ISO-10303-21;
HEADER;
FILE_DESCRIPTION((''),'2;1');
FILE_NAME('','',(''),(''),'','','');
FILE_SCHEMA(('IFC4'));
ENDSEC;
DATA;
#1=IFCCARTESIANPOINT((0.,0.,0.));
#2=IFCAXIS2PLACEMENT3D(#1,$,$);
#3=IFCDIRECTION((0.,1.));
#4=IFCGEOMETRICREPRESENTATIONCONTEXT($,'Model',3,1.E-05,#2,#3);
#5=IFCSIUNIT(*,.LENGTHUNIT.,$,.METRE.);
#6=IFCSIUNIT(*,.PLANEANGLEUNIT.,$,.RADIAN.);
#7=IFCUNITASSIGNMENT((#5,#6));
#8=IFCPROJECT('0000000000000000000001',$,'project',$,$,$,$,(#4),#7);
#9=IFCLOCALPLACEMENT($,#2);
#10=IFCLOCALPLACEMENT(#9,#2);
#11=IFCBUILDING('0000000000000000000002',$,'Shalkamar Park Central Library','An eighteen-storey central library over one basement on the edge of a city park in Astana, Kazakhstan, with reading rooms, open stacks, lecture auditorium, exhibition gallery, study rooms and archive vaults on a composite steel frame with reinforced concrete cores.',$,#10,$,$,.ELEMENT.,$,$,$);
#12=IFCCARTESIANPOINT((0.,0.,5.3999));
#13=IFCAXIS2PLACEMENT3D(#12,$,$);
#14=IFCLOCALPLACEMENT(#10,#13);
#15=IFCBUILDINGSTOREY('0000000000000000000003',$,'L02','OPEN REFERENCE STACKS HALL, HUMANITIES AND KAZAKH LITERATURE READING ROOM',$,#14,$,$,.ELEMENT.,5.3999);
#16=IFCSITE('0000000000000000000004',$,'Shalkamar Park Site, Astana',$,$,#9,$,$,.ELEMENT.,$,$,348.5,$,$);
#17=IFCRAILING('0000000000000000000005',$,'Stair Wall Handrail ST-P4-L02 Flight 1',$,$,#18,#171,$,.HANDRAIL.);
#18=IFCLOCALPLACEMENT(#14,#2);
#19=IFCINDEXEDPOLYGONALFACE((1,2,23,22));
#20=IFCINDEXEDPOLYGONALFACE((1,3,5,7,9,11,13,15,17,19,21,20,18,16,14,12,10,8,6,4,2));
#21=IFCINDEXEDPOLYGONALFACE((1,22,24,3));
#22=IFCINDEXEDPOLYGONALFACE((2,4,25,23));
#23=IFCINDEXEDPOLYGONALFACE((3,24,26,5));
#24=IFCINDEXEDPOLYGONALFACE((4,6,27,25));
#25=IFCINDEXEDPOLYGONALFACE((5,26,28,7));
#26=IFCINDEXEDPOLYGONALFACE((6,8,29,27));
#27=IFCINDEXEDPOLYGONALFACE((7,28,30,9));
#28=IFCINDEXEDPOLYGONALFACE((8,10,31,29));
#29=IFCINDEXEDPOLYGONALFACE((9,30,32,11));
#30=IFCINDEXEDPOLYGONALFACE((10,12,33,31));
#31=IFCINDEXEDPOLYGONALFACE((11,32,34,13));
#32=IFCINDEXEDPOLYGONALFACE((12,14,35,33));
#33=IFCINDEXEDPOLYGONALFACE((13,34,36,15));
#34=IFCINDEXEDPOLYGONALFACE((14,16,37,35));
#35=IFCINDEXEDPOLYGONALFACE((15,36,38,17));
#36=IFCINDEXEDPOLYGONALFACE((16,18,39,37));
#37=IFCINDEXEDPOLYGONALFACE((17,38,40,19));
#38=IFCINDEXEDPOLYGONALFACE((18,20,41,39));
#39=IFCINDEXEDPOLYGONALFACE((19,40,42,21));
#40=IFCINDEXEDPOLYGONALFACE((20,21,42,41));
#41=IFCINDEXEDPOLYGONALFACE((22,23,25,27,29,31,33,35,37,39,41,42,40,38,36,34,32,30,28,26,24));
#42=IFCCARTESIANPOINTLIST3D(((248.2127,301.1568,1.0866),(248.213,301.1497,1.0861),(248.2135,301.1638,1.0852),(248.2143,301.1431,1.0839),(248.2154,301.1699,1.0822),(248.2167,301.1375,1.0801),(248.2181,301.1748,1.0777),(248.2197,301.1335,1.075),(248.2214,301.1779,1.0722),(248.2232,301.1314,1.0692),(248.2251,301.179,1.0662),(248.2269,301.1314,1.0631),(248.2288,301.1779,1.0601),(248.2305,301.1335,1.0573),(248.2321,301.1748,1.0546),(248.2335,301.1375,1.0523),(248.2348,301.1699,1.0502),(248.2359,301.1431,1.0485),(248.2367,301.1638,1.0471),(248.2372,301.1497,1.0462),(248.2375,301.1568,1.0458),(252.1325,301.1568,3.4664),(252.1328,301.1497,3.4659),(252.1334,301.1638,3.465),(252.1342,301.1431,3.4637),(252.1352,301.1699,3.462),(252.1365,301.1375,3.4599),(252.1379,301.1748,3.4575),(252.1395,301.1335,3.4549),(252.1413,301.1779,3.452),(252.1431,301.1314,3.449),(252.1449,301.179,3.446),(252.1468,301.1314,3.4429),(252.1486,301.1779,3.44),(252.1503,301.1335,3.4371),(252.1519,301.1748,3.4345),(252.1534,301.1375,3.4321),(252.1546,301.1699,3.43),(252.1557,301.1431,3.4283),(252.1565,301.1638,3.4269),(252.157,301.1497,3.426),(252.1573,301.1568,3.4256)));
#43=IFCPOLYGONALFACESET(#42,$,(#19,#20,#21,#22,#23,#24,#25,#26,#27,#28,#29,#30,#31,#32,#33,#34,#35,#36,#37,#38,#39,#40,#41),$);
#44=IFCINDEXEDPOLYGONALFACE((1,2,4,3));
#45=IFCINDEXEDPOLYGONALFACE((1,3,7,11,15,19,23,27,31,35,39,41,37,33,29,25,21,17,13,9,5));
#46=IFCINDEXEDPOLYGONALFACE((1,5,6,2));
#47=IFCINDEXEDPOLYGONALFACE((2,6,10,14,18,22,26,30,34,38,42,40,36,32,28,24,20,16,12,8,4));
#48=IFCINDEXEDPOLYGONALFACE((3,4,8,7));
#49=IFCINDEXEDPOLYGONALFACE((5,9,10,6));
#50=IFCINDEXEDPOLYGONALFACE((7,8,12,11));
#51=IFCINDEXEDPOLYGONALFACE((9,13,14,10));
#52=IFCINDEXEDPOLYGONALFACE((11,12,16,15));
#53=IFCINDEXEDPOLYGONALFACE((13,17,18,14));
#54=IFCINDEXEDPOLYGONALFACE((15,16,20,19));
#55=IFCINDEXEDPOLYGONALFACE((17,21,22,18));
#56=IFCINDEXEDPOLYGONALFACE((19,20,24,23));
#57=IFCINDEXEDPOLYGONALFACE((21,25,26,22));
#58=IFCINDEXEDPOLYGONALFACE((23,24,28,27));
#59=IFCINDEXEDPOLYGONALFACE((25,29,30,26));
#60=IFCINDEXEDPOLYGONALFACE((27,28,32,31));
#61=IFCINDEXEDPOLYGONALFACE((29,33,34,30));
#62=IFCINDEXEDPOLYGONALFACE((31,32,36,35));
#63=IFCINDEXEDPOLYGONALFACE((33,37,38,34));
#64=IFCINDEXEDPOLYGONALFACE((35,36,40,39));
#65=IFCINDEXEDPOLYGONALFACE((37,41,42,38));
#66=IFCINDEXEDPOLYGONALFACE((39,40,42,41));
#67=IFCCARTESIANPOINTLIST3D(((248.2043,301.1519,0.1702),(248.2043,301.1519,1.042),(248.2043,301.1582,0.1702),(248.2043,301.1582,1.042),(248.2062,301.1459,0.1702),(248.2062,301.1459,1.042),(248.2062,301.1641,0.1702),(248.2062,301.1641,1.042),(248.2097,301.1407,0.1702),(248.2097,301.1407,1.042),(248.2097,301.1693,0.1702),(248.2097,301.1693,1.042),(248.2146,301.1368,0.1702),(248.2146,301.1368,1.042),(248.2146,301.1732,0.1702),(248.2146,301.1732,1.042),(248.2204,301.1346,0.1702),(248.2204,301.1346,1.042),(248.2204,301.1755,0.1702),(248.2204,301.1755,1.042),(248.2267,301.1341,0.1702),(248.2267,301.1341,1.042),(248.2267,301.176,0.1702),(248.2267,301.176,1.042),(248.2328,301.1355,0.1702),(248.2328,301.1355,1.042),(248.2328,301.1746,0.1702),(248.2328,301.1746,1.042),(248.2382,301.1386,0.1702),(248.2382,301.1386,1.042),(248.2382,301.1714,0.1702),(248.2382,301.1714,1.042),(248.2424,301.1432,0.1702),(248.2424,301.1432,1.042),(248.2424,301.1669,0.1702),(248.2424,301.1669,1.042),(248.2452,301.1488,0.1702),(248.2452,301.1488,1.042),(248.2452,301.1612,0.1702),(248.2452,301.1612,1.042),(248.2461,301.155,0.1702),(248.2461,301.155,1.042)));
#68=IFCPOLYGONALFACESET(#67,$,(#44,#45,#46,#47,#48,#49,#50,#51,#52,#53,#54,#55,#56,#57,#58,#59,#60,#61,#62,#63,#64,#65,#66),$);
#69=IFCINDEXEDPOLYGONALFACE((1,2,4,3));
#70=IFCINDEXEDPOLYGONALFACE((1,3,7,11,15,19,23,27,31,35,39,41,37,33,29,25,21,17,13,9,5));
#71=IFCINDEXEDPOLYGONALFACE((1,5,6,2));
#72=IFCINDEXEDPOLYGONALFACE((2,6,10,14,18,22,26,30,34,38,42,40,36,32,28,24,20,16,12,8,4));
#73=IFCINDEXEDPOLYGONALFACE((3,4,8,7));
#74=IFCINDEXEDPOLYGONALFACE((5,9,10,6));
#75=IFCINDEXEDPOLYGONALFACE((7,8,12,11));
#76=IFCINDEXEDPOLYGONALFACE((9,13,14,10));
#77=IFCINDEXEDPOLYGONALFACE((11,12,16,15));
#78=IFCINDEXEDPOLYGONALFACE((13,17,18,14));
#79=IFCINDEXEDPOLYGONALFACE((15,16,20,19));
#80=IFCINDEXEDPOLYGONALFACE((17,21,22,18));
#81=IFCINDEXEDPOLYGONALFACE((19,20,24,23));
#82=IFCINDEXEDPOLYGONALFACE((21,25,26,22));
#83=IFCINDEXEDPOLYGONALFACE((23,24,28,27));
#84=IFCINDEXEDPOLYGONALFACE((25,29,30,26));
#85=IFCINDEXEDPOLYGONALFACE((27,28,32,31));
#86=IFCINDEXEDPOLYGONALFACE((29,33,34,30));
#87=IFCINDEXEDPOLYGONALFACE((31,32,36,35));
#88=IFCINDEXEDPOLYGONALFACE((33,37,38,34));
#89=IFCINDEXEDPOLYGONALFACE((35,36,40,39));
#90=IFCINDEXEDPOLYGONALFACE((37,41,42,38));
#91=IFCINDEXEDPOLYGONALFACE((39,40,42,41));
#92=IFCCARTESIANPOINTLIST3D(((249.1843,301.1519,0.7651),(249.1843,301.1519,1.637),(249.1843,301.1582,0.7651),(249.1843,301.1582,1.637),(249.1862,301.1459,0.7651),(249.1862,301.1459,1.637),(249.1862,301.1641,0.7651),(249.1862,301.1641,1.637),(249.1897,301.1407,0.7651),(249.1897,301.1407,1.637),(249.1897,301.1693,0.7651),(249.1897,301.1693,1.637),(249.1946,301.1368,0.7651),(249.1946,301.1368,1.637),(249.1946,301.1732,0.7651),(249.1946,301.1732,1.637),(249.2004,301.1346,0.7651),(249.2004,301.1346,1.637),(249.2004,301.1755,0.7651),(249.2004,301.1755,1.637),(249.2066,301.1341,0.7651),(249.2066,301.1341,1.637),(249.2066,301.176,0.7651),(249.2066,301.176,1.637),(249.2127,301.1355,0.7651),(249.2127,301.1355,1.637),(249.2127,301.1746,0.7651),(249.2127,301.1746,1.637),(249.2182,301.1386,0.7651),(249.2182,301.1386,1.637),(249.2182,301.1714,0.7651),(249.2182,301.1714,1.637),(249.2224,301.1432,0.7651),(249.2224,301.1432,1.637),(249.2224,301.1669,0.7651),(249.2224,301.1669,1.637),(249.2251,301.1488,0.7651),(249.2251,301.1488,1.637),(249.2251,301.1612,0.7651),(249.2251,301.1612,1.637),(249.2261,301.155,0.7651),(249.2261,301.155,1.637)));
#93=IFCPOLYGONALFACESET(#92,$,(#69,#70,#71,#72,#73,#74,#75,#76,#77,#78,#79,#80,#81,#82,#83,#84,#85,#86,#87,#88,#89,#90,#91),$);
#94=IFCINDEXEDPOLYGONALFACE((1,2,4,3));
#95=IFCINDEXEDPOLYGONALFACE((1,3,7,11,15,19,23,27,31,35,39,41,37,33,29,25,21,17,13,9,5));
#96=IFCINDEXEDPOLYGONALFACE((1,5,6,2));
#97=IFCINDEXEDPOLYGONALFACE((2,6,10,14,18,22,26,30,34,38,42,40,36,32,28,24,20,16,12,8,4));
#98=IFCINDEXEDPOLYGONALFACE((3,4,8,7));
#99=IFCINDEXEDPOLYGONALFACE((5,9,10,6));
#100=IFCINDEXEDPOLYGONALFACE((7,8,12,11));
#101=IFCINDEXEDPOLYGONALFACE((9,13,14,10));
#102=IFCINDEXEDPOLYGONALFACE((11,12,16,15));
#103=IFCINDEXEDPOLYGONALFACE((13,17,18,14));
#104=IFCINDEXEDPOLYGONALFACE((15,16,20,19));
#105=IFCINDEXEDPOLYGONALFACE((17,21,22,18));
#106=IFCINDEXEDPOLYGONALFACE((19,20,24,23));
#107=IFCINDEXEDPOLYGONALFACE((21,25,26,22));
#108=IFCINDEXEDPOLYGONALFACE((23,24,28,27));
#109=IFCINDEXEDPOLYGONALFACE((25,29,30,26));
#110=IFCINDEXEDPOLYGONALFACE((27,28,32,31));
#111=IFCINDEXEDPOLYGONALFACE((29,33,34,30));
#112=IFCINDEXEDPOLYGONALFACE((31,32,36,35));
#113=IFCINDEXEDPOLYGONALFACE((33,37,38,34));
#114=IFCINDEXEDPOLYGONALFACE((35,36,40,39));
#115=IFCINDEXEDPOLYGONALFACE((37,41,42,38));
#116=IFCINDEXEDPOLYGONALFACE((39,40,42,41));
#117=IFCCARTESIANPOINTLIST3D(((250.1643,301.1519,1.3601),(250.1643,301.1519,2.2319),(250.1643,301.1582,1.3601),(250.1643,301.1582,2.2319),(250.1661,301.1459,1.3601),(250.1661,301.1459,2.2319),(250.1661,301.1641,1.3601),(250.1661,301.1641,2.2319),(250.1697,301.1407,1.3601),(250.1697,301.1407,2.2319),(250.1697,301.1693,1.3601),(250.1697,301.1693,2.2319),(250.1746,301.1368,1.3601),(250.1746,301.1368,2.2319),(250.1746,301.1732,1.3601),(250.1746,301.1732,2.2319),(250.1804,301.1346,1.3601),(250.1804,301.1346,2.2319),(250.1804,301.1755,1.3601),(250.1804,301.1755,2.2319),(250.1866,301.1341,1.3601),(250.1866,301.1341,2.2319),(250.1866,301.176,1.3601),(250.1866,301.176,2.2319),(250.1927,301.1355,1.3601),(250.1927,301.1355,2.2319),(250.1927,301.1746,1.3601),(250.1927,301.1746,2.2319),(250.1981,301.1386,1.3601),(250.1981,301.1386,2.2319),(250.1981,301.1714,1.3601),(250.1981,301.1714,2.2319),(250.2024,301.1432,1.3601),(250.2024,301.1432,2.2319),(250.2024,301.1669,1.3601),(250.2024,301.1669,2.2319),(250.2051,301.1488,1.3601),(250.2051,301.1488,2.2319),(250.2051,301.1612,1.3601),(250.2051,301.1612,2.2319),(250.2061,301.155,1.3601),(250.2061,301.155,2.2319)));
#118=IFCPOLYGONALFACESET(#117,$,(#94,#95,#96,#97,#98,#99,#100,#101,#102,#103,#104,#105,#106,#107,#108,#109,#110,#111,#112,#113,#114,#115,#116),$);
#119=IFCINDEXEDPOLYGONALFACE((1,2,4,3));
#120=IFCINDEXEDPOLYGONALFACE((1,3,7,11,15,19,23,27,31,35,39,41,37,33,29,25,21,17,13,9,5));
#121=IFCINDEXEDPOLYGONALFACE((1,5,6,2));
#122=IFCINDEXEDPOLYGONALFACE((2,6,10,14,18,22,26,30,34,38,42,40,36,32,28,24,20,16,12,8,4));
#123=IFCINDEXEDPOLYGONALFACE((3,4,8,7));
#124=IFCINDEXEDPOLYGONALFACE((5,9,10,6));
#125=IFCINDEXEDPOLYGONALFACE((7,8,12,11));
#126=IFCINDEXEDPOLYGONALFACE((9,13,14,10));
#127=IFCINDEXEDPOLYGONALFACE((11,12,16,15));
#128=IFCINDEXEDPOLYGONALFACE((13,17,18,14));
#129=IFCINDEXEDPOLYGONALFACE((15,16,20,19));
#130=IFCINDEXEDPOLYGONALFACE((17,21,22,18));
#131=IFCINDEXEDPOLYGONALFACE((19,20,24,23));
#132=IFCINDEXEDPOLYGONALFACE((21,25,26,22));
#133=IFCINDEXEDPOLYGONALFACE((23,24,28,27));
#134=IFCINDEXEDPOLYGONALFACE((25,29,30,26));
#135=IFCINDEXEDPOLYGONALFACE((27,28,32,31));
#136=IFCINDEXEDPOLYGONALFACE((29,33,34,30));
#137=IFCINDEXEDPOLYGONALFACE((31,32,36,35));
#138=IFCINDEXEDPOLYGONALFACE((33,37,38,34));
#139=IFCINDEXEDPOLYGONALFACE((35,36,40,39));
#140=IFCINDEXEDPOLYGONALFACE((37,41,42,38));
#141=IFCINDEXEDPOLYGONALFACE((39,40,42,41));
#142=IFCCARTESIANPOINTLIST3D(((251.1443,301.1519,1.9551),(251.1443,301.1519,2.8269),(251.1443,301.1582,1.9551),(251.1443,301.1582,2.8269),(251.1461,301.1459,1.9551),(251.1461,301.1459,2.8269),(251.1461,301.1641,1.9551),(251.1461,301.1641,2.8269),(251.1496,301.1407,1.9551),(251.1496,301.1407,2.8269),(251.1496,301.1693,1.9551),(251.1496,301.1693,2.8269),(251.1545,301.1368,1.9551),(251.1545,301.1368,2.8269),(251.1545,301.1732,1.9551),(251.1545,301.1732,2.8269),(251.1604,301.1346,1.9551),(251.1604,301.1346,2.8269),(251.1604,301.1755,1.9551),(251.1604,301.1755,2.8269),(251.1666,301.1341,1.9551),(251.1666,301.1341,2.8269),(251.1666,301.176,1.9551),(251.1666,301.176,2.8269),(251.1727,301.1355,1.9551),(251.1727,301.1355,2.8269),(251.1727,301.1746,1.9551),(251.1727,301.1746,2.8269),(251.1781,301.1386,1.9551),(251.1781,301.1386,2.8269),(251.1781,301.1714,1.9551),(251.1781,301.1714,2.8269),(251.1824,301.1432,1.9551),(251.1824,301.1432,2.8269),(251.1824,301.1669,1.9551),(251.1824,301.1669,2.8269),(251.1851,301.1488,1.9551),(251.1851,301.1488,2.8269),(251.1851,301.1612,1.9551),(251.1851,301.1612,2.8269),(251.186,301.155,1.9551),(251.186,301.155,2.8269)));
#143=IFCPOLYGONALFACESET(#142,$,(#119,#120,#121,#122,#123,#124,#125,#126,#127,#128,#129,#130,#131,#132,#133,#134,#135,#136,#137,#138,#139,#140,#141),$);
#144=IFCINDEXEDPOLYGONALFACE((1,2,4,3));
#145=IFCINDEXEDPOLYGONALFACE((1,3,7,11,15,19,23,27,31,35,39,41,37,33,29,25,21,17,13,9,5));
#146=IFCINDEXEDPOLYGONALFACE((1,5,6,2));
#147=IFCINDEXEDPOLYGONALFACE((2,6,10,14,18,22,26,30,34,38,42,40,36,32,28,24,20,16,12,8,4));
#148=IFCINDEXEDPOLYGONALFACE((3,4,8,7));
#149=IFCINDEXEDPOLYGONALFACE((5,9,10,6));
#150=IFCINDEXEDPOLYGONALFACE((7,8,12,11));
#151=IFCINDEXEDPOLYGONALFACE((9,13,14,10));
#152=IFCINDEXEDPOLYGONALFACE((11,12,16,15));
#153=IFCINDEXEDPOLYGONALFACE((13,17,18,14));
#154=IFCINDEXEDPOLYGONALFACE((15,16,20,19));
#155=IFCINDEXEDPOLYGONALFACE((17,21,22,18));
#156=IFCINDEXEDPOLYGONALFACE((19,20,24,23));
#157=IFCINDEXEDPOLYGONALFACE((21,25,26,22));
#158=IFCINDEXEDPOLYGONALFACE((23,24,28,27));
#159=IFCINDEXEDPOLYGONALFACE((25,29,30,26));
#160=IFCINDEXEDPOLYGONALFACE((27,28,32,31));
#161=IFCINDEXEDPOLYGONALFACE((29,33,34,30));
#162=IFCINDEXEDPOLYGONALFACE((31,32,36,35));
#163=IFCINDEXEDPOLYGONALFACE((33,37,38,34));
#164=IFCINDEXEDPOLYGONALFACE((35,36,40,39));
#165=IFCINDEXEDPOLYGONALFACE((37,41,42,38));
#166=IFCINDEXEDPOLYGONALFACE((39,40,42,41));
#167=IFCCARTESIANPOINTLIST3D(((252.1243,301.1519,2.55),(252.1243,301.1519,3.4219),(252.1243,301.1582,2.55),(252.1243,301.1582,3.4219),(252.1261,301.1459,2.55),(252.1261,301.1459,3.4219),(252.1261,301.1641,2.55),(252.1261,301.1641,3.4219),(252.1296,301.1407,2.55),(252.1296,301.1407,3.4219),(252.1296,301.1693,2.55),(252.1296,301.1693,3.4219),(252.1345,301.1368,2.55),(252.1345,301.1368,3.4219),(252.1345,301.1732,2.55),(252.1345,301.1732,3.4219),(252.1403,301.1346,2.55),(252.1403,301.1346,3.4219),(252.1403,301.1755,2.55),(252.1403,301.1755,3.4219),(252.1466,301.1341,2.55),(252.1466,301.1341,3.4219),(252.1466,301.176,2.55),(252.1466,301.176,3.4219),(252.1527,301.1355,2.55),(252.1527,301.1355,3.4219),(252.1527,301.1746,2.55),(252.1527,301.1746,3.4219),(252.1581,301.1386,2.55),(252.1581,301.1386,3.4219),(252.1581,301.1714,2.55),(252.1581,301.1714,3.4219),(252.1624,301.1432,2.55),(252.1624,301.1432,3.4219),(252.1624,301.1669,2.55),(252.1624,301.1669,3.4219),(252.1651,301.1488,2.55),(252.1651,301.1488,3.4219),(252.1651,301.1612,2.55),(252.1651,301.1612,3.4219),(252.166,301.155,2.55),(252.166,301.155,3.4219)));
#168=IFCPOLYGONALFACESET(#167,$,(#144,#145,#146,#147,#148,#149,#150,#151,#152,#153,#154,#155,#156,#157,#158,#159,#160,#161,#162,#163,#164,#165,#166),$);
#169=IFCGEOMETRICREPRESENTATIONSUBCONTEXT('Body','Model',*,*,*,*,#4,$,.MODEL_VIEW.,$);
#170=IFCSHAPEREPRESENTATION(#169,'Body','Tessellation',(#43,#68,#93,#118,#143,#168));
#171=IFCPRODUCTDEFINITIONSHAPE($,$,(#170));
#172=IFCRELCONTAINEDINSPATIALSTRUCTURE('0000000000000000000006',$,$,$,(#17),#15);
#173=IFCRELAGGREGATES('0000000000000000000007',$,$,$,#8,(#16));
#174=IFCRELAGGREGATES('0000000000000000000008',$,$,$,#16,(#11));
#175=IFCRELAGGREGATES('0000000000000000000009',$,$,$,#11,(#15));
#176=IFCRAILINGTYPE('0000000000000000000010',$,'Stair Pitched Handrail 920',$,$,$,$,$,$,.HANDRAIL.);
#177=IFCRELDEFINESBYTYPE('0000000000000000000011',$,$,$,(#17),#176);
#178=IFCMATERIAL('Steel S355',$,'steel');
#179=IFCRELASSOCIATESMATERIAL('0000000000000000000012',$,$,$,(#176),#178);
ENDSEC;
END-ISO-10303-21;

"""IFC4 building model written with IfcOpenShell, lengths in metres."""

from ifc_helpers import new_model, si_unit, direction, frame, origin, origin_2d, place, context, subcontext, project, spatial, circle, extrude, material, type_object, element, save


model = new_model("IFC4")

# Units and contexts
model_context = context("Model", 3, precision=1e-05, world=origin(), true_north=direction((0.0, 1.0)))
body_context = subcontext(model_context, "Body", "Model", "MODEL_VIEW")
ifc_project = project(units=[si_unit("LENGTHUNIT", "METRE"), si_unit("PLANEANGLEUNIT", "RADIAN")], contexts=[model_context])

# Site, building, storey
site_placement = place(None, origin())
site = spatial("IfcSite", under=ifc_project, at=site_placement, Name="Shalkamar Park Site, Astana", CompositionType="ELEMENT", RefElevation=348.5)
building_placement = place(site_placement, origin())
building = spatial("IfcBuilding", under=site, at=building_placement, Name="Shalkamar Park Central Library", Description="An eighteen-storey central library over one basement on the edge of a city park in Astana, Kazakhstan, with reading rooms, open stacks, lecture auditorium, exhibition gallery, study rooms and archive vaults on a composite steel frame with reinforced concrete cores.", CompositionType="ELEMENT")
storey_placement = place(building_placement, frame((0.0, 0.0, 5.3999)))
storey = spatial("IfcBuildingStorey", under=building, at=storey_placement, Name="L02", Description="OPEN REFERENCE STACKS HALL, HUMANITIES AND KAZAKH LITERATURE READING ROOM", CompositionType="ELEMENT", Elevation=5.3999)

# Shared definitions
ifc_material_1 = material(Name="Steel S355", Category="steel")

# Railing
railing_type_1 = type_object("IfcRailingType", Name="Stair Pitched Handrail 920", PredefinedType="HANDRAIL", material=ifc_material_1)
railing_1_placement = place(storey_placement, frame((248.2251, 301.155, 0.1702)))
element("IfcRailing", 1, at=railing_1_placement, inside=storey, type_object=railing_type_1, Name="Stair Wall Handrail ST-P4-L02 Flight 1", PredefinedType="HANDRAIL", context=body_context, shape_type="SweptSolid", body=[
    extrude(circle(Radius=0.0239, at=origin_2d()), frame((0.0, 0.0, 0.896), z_axis=(0.854794, 0.0, 0.518967), x_axis=(0.0, 1.0, 0.0)), (0.0, 0.0, 1.0), 4.5857),
    extrude(circle(Radius=0.021, at=origin_2d()), origin(), (0.0, 0.0, 1.0), 0.8718),
    extrude(circle(Radius=0.021, at=origin_2d()), frame((0.98, 0.0, 0.595)), (0.0, 0.0, 1.0), 0.8718),
    extrude(circle(Radius=0.021, at=origin_2d()), frame((1.96, 0.0, 1.1899)), (0.0, 0.0, 1.0), 0.8718),
    extrude(circle(Radius=0.021, at=origin_2d()), frame((2.9399, 0.0, 1.7849)), (0.0, 0.0, 1.0), 0.8718),
    extrude(circle(Radius=0.021, at=origin_2d()), frame((3.9199, 0.0, 2.3799)), (0.0, 0.0, 1.0), 0.8718),
])

save(model, "model.ifc")
